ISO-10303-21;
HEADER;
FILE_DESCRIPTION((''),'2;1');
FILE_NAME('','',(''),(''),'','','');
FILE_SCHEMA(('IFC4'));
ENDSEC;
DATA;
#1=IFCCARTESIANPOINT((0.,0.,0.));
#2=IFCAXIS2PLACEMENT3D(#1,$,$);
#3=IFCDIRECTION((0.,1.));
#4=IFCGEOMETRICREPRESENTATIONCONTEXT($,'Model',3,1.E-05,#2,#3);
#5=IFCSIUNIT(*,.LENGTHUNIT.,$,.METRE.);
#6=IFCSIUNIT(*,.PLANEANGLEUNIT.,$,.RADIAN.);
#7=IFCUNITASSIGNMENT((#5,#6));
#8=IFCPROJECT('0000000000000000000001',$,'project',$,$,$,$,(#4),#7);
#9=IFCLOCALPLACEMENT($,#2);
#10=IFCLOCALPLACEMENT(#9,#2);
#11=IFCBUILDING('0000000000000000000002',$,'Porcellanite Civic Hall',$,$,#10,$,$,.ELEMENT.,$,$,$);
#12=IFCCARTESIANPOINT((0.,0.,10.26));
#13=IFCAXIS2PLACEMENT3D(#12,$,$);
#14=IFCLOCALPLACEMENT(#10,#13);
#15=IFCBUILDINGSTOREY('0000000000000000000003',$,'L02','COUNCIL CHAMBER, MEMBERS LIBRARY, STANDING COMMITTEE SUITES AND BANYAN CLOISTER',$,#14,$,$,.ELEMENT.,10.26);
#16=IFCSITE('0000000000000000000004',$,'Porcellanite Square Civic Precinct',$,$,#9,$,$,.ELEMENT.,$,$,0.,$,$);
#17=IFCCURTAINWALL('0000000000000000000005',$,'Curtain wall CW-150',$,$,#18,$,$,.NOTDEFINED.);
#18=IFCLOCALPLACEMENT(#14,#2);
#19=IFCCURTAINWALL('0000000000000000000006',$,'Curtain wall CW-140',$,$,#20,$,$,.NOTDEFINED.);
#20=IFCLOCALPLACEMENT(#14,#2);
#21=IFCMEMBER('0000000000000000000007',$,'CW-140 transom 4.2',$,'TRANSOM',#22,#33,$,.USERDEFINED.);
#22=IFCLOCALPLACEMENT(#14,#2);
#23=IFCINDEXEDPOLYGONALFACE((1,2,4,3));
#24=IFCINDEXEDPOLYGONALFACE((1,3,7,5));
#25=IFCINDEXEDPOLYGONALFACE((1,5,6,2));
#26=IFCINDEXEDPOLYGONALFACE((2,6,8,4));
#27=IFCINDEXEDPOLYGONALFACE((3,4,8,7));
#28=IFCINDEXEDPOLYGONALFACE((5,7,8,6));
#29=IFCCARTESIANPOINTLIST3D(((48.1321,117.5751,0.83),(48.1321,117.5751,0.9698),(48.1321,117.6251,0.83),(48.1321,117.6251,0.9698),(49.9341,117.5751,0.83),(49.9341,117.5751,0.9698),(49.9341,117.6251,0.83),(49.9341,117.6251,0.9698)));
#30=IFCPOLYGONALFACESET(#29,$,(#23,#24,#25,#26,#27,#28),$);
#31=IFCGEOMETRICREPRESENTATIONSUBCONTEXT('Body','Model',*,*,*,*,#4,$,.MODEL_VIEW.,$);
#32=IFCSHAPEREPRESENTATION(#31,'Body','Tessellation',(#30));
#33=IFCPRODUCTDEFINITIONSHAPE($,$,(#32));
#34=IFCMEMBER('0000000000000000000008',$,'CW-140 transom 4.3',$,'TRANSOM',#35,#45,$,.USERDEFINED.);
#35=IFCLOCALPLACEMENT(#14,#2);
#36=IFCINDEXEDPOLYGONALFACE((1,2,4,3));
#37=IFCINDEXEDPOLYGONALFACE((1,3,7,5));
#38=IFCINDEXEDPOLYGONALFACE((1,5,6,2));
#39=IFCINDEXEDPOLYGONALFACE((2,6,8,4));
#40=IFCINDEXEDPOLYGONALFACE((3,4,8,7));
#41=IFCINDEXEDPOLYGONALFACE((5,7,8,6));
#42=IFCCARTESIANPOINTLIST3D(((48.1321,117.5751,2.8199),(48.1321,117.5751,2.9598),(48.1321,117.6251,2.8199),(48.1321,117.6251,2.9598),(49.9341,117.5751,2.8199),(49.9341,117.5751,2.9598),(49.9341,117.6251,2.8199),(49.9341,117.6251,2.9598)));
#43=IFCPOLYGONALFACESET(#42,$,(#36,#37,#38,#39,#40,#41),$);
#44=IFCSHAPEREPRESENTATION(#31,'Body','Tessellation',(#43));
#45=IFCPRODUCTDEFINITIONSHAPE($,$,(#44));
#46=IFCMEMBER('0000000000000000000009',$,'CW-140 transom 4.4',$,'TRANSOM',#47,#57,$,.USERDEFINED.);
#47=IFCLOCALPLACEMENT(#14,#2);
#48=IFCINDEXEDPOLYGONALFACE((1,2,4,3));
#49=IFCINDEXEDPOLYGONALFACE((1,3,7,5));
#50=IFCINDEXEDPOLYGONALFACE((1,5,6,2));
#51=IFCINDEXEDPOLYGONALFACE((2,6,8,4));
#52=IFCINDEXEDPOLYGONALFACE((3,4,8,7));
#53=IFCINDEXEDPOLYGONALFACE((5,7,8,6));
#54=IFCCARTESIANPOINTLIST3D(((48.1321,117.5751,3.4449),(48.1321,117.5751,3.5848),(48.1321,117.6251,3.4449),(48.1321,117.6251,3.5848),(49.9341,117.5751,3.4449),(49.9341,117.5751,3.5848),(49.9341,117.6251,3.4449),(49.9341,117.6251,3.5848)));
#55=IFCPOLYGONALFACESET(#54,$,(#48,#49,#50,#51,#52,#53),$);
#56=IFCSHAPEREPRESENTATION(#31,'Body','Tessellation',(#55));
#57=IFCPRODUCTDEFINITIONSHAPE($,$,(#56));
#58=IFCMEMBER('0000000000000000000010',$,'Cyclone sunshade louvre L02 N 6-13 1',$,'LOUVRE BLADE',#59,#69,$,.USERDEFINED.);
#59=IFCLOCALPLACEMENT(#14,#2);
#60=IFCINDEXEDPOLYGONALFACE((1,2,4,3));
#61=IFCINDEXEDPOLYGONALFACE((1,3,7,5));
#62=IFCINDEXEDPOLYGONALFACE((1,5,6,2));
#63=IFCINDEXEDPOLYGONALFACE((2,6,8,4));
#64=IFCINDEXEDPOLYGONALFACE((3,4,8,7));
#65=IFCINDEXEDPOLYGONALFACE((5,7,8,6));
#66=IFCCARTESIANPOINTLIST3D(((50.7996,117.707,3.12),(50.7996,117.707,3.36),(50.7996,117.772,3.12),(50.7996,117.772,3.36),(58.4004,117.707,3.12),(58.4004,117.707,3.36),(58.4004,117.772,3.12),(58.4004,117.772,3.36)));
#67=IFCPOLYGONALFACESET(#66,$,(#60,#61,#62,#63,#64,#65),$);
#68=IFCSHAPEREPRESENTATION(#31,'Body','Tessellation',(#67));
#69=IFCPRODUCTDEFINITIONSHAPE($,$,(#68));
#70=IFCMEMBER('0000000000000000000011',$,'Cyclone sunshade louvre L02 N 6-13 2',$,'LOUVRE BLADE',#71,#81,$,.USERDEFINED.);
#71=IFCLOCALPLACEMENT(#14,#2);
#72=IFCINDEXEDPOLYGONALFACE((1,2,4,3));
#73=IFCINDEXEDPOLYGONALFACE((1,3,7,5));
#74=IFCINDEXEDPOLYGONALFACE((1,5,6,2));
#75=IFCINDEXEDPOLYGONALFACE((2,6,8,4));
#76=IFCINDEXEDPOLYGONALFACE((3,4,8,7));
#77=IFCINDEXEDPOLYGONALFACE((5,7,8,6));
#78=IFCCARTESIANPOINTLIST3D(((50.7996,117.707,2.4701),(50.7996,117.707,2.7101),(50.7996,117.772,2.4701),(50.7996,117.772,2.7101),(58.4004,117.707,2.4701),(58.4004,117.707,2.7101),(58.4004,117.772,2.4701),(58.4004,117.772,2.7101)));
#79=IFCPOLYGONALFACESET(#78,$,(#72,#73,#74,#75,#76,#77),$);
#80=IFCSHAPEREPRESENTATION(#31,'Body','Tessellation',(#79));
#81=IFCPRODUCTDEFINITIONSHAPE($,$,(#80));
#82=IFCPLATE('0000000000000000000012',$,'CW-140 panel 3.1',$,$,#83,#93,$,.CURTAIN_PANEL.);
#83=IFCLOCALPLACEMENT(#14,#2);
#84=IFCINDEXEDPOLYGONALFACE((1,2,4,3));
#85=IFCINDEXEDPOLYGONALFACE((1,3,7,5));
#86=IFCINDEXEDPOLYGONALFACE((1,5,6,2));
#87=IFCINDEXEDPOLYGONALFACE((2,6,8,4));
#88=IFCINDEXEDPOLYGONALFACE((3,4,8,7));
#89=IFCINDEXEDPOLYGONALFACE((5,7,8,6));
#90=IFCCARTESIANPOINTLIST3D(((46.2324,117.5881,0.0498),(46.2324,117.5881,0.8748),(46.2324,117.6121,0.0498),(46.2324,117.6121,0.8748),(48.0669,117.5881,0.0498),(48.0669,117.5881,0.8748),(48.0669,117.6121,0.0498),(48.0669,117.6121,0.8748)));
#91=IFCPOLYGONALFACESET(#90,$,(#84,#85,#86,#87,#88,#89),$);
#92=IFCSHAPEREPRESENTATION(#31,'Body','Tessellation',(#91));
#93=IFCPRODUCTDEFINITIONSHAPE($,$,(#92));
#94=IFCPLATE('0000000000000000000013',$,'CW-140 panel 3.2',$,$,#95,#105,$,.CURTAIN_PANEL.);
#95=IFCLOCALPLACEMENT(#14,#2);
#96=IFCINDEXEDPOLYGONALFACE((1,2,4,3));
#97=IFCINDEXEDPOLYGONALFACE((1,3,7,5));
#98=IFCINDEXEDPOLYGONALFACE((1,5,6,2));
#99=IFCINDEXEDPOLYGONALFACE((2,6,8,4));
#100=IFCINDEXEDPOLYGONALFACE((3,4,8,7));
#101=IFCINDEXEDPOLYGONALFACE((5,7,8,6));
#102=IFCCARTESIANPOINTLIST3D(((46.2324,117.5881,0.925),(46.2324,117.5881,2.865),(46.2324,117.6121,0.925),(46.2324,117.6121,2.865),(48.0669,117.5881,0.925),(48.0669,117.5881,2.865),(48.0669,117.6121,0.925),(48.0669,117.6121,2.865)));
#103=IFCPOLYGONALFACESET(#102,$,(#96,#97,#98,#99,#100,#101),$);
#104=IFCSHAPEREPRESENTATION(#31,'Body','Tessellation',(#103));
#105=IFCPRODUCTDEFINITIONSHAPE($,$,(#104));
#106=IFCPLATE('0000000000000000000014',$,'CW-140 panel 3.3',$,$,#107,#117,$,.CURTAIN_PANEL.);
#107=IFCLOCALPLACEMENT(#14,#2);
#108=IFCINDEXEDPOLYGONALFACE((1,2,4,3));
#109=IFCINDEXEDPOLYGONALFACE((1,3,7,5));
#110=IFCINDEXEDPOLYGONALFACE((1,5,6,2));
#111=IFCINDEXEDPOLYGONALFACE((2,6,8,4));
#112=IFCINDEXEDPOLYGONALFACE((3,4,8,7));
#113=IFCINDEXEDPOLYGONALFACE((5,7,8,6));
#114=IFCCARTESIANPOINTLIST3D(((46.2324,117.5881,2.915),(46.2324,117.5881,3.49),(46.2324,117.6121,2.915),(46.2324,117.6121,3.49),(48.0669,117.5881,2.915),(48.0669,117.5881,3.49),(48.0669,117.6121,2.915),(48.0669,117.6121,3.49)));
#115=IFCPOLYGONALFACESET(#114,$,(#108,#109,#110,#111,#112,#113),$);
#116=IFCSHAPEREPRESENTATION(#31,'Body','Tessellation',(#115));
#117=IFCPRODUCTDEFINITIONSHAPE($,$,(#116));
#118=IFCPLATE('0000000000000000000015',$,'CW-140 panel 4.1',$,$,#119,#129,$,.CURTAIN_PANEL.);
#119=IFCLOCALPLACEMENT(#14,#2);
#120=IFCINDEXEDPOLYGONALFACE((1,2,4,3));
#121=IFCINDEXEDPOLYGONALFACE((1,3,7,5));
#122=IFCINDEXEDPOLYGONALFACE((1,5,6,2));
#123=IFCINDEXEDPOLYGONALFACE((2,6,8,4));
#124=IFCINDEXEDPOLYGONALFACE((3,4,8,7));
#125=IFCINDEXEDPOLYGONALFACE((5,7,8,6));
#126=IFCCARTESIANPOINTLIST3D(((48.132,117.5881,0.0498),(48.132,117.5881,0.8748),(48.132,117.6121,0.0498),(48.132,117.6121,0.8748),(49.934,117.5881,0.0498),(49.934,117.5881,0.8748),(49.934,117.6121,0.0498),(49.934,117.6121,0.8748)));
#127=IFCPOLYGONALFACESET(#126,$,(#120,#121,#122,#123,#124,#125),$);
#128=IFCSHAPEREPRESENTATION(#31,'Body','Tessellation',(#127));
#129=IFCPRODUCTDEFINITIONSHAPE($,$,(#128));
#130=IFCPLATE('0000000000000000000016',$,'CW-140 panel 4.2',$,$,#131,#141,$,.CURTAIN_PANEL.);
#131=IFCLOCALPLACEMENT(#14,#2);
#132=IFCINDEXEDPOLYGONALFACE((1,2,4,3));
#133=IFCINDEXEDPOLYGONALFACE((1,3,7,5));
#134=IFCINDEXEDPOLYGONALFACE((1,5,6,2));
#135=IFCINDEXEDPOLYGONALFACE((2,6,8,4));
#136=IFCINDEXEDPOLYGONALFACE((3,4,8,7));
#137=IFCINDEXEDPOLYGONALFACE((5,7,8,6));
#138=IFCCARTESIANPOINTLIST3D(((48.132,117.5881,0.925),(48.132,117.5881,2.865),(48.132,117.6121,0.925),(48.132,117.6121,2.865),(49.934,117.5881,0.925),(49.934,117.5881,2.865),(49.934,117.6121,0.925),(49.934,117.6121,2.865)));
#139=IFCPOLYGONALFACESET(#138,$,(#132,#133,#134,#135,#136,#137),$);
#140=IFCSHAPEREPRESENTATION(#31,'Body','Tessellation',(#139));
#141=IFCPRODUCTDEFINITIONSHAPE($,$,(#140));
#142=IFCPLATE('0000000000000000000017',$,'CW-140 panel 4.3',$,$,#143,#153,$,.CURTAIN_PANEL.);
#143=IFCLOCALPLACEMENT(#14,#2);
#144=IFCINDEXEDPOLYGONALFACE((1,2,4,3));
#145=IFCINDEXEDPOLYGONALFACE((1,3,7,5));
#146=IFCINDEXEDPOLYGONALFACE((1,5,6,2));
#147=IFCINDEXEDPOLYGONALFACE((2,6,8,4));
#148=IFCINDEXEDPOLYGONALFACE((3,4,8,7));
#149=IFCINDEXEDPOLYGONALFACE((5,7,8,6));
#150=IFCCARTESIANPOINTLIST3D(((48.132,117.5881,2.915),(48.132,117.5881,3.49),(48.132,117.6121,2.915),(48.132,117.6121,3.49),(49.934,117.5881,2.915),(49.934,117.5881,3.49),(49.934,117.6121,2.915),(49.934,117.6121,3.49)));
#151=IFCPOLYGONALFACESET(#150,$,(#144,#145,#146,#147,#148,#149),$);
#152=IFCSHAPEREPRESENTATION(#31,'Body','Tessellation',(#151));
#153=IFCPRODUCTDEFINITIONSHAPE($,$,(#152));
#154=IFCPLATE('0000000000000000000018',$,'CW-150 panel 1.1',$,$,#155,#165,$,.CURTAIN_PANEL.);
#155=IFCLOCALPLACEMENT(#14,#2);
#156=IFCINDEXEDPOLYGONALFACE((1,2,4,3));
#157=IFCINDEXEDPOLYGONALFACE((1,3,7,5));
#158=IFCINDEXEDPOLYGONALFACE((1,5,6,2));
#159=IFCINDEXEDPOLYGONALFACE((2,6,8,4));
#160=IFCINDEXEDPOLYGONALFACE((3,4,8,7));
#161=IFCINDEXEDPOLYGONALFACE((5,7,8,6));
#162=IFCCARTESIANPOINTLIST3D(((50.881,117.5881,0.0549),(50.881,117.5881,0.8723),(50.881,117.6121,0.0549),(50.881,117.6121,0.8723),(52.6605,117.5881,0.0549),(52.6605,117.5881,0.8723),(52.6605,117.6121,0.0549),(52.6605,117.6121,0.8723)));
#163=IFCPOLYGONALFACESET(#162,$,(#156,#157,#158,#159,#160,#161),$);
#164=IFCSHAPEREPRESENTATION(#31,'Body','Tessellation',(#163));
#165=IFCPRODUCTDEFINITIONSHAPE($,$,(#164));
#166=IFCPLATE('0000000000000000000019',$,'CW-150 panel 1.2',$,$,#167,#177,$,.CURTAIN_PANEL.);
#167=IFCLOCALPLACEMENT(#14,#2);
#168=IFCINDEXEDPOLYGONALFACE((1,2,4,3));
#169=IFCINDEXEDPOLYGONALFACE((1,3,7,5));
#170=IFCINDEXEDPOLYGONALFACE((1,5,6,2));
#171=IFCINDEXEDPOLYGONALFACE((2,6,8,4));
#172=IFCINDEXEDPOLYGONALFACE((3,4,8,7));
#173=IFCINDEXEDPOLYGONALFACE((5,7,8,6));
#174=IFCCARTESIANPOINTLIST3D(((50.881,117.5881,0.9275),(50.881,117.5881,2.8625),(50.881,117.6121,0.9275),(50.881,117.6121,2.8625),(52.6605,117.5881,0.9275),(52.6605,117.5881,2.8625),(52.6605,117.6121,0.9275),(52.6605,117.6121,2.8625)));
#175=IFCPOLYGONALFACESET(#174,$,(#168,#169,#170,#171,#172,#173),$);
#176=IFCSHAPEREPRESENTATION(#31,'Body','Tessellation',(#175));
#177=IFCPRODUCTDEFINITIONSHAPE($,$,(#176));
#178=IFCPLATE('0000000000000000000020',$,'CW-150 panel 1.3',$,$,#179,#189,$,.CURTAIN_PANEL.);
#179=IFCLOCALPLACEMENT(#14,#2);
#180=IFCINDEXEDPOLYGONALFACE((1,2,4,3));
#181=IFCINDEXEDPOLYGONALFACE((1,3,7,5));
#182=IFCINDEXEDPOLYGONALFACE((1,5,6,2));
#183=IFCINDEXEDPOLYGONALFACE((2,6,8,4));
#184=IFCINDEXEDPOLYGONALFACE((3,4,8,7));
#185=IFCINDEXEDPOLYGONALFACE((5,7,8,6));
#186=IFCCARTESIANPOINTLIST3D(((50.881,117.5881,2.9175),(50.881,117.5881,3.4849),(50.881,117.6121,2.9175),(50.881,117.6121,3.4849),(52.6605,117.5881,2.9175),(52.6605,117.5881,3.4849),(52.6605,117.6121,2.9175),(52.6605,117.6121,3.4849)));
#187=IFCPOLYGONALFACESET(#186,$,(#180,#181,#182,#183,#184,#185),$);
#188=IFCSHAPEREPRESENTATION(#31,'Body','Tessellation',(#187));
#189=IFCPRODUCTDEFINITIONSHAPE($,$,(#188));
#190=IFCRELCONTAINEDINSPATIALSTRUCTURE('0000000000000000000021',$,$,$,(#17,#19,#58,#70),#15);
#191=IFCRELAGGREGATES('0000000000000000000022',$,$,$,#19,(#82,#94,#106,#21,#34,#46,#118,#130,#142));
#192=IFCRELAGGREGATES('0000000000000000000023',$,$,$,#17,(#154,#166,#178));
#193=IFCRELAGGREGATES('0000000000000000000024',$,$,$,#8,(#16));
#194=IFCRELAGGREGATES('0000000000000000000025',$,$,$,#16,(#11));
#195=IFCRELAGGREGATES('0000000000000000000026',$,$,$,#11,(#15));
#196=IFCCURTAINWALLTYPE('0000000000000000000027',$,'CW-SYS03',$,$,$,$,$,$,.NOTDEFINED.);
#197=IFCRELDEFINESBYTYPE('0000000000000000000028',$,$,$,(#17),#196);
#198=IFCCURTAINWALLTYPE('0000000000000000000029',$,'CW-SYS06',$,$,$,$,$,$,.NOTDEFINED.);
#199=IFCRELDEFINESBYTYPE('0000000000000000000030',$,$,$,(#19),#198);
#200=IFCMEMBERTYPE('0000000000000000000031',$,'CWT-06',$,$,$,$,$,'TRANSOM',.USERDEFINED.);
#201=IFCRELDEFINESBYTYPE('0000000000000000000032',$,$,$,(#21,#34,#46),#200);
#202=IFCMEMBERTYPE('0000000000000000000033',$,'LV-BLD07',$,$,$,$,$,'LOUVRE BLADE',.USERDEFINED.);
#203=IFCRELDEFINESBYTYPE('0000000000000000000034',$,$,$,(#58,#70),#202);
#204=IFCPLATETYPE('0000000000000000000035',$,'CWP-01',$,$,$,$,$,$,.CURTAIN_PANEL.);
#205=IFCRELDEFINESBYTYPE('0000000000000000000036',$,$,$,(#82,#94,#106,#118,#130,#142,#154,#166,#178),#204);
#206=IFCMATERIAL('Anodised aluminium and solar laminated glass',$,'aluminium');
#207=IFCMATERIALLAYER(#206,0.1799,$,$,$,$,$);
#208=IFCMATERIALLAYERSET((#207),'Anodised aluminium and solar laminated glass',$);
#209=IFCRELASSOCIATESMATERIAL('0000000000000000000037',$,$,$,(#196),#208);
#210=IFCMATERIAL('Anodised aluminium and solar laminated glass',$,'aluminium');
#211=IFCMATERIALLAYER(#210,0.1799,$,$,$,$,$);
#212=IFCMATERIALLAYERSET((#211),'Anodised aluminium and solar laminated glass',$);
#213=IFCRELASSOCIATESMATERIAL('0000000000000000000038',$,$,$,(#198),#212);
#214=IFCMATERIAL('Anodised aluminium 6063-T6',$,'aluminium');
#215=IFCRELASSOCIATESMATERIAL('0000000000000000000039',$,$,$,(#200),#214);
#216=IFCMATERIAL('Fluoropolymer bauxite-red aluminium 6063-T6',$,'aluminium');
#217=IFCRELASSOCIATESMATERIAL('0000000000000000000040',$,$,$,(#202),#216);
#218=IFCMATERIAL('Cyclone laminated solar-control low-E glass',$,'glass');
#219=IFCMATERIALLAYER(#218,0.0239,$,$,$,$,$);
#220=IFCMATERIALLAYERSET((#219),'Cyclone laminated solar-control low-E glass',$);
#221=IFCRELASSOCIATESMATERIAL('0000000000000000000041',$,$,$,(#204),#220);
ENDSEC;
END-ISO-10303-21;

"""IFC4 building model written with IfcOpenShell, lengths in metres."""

from ifc_helpers import new_model, si_unit, direction, frame, origin, origin_2d, place, context, subcontext, project, spatial, rectangle, extrude, material, layer, layer_set, material_profile, profile_set, type_object, element, aggregate, save


model = new_model("IFC4")

# Units and contexts
model_context = context("Model", 3, precision=1e-05, world=origin(), true_north=direction((0.0, 1.0)))
body_context = subcontext(model_context, "Body", "Model", "MODEL_VIEW")
ifc_project = project(units=[si_unit("LENGTHUNIT", "METRE"), si_unit("PLANEANGLEUNIT", "RADIAN")], contexts=[model_context])

# Site, building, storey
site_placement = place(None, origin())
site = spatial("IfcSite", under=ifc_project, at=site_placement, Name="Porcellanite Square Civic Precinct", CompositionType="ELEMENT", RefElevation=0.0)
building_placement = place(site_placement, origin())
building = spatial("IfcBuilding", under=site, at=building_placement, Name="Porcellanite Civic Hall", CompositionType="ELEMENT")
storey_placement = place(building_placement, frame((0.0, 0.0, 10.26)))
storey = spatial("IfcBuildingStorey", under=building, at=storey_placement, Name="L02", Description="COUNCIL CHAMBER, MEMBERS LIBRARY, STANDING COMMITTEE SUITES AND BANYAN CLOISTER", CompositionType="ELEMENT", Elevation=10.26)

# Curtain wall
ifc_material_1 = material(Name="Anodised aluminium and solar laminated glass", Category="aluminium")
ifc_layer_1 = layer(ifc_material_1, 0.1799)
ifc_layer_set_1 = layer_set([ifc_layer_1], Name="Anodised aluminium and solar laminated glass")
curtain_wall_type_1 = type_object("IfcCurtainWallType", Name="CW-SYS03", PredefinedType="NOTDEFINED", material=ifc_layer_set_1)
curtain_wall_1_placement = place(storey_placement, origin())
curtain_wall_1 = element("IfcCurtainWall", 1, at=curtain_wall_1_placement, inside=storey, type_object=curtain_wall_type_1, Name="Curtain wall CW-150", PredefinedType="NOTDEFINED")

# Curtain wall
ifc_material_2 = material(Name="Anodised aluminium and solar laminated glass", Category="aluminium")
ifc_layer_2 = layer(ifc_material_2, 0.1799)
ifc_layer_set_2 = layer_set([ifc_layer_2], Name="Anodised aluminium and solar laminated glass")
curtain_wall_type_2 = type_object("IfcCurtainWallType", Name="CW-SYS06", PredefinedType="NOTDEFINED", material=ifc_layer_set_2)
curtain_wall_2_placement = place(storey_placement, origin())
curtain_wall_2 = element("IfcCurtainWall", 2, at=curtain_wall_2_placement, inside=storey, type_object=curtain_wall_type_2, Name="Curtain wall CW-140", PredefinedType="NOTDEFINED")

# Members
ifc_material_3 = material(Name="Anodised aluminium 6063-T6", Category="aluminium")
ifc_material_profile_1 = material_profile(ifc_material_3, rectangle(XDim=0.05, YDim=0.1399, at=origin_2d()), Name="AL-50x140")
ifc_profile_set_1 = profile_set([ifc_material_profile_1], Name="Anodised aluminium 6063-T6")
member_type_1 = type_object("IfcMemberType", Name="CWT-06", ElementType="TRANSOM", PredefinedType="USERDEFINED", material=ifc_profile_set_1)
member_1_placement = place(storey_placement, frame((48.1321, 117.6001, 0.8999), z_axis=(1.0, 0.0, 0.0), x_axis=(0.0, 1.0, 0.0)))
member_1 = element("IfcMember", 3, at=member_1_placement, type_object=member_type_1, Name="CW-140 transom 4.2", ObjectType="TRANSOM", PredefinedType="USERDEFINED", context=body_context, shape_type="SweptSolid", body=[
    extrude(rectangle(XDim=0.05, YDim=0.1399, at=origin_2d()), origin(), (0.0, 0.0, 1.0), 1.802),
])
member_2_placement = place(storey_placement, frame((48.1321, 117.6001, 2.8899), z_axis=(1.0, 0.0, 0.0), x_axis=(0.0, 1.0, 0.0)))
member_2 = element("IfcMember", 4, at=member_2_placement, type_object=member_type_1, Name="CW-140 transom 4.3", ObjectType="TRANSOM", PredefinedType="USERDEFINED", context=body_context, shape_type="SweptSolid", body=[
    extrude(rectangle(XDim=0.05, YDim=0.1399, at=origin_2d()), origin(), (0.0, 0.0, 1.0), 1.802),
])
member_3_placement = place(storey_placement, frame((48.1321, 117.6001, 3.5149), z_axis=(1.0, 0.0, 0.0), x_axis=(0.0, 1.0, 0.0)))
member_3 = element("IfcMember", 5, at=member_3_placement, type_object=member_type_1, Name="CW-140 transom 4.4", ObjectType="TRANSOM", PredefinedType="USERDEFINED", context=body_context, shape_type="SweptSolid", body=[
    extrude(rectangle(XDim=0.05, YDim=0.1399, at=origin_2d()), origin(), (0.0, 0.0, 1.0), 1.802),
])

# Members
ifc_material_4 = material(Name="Fluoropolymer bauxite-red aluminium 6063-T6", Category="aluminium")
ifc_material_profile_2 = material_profile(ifc_material_4, rectangle(XDim=0.0649, YDim=0.24, at=origin_2d()), Name="AL-65x240")
ifc_profile_set_2 = profile_set([ifc_material_profile_2], Name="Fluoropolymer bauxite-red aluminium 6063-T6")
member_type_2 = type_object("IfcMemberType", Name="LV-BLD07", ElementType="LOUVRE BLADE", PredefinedType="USERDEFINED", material=ifc_profile_set_2)
for number, where, z_axis, x_axis, name in (
    (6, (50.7996, 117.7395, 3.24), (1.0, 0.0, 0.0), (0.0, 1.0, 0.0), "Cyclone sunshade louvre L02 N 6-13 1"),
    (7, (50.7996, 117.7395, 2.5901), (1.0, 0.0, 0.0), (0.0, 1.0, 0.0), "Cyclone sunshade louvre L02 N 6-13 2"),
):
    element("IfcMember", number, at=place(storey_placement, frame(where, z_axis=z_axis, x_axis=x_axis)), inside=storey, type_object=member_type_2, Name=name, ObjectType="LOUVRE BLADE", PredefinedType="USERDEFINED", context=body_context, shape_type="SweptSolid", body=[
        extrude(rectangle(XDim=0.0649, YDim=0.24, at=origin_2d()), origin(), (0.0, 0.0, 1.0), 7.6008),
    ])

# Plates
ifc_material_5 = material(Name="Cyclone laminated solar-control low-E glass", Category="glass")
ifc_layer_3 = layer(ifc_material_5, 0.0239)
ifc_layer_set_3 = layer_set([ifc_layer_3], Name="Cyclone laminated solar-control low-E glass")
plate_type = type_object("IfcPlateType", Name="CWP-01", PredefinedType="CURTAIN_PANEL", material=ifc_layer_set_3)
plate_1_placement = place(storey_placement, frame((47.1497, 117.6001, 0.0498), z_axis=(0.0, 0.0, 1.0), x_axis=(1.0, 0.0, 0.0)))
plate_1 = element("IfcPlate", 8, at=plate_1_placement, type_object=plate_type, Name="CW-140 panel 3.1", PredefinedType="CURTAIN_PANEL", context=body_context, shape_type="SweptSolid", body=[
    extrude(rectangle(XDim=1.8345, YDim=0.0239, at=origin_2d()), origin(), (0.0, 0.0, 1.0), 0.825),
])
plate_2_placement = place(storey_placement, frame((47.1497, 117.6001, 0.925), z_axis=(0.0, 0.0, 1.0), x_axis=(1.0, 0.0, 0.0)))
plate_2 = element("IfcPlate", 9, at=plate_2_placement, type_object=plate_type, Name="CW-140 panel 3.2", PredefinedType="CURTAIN_PANEL", context=body_context, shape_type="SweptSolid", body=[
    extrude(rectangle(XDim=1.8345, YDim=0.0239, at=origin_2d()), origin(), (0.0, 0.0, 1.0), 1.9399),
])
plate_3_placement = place(storey_placement, frame((47.1497, 117.6001, 2.915), z_axis=(0.0, 0.0, 1.0), x_axis=(1.0, 0.0, 0.0)))
plate_3 = element("IfcPlate", 10, at=plate_3_placement, type_object=plate_type, Name="CW-140 panel 3.3", PredefinedType="CURTAIN_PANEL", context=body_context, shape_type="SweptSolid", body=[
    extrude(rectangle(XDim=1.8345, YDim=0.0239, at=origin_2d()), origin(), (0.0, 0.0, 1.0), 0.575),
])
plate_4_placement = place(storey_placement, frame((49.033, 117.6001, 0.0498), z_axis=(0.0, 0.0, 1.0), x_axis=(1.0, 0.0, 0.0)))
plate_4 = element("IfcPlate", 11, at=plate_4_placement, type_object=plate_type, Name="CW-140 panel 4.1", PredefinedType="CURTAIN_PANEL", context=body_context, shape_type="SweptSolid", body=[
    extrude(rectangle(XDim=1.802, YDim=0.0239, at=origin_2d()), origin(), (0.0, 0.0, 1.0), 0.825),
])
plate_5_placement = place(storey_placement, frame((49.033, 117.6001, 0.925), z_axis=(0.0, 0.0, 1.0), x_axis=(1.0, 0.0, 0.0)))
plate_5 = element("IfcPlate", 12, at=plate_5_placement, type_object=plate_type, Name="CW-140 panel 4.2", PredefinedType="CURTAIN_PANEL", context=body_context, shape_type="SweptSolid", body=[
    extrude(rectangle(XDim=1.802, YDim=0.0239, at=origin_2d()), origin(), (0.0, 0.0, 1.0), 1.9399),
])
plate_6_placement = place(storey_placement, frame((49.033, 117.6001, 2.915), z_axis=(0.0, 0.0, 1.0), x_axis=(1.0, 0.0, 0.0)))
plate_6 = element("IfcPlate", 13, at=plate_6_placement, type_object=plate_type, Name="CW-140 panel 4.3", PredefinedType="CURTAIN_PANEL", context=body_context, shape_type="SweptSolid", body=[
    extrude(rectangle(XDim=1.802, YDim=0.0239, at=origin_2d()), origin(), (0.0, 0.0, 1.0), 0.575),
])
aggregate(curtain_wall_2, [plate_1, plate_2, plate_3, member_1, member_2, member_3, plate_4, plate_5, plate_6])
plate_7_placement = place(storey_placement, frame((51.7708, 117.6001, 0.0549), z_axis=(0.0, 0.0, 1.0), x_axis=(1.0, 0.0, 0.0)))
plate_7 = element("IfcPlate", 14, at=plate_7_placement, type_object=plate_type, Name="CW-150 panel 1.1", PredefinedType="CURTAIN_PANEL", context=body_context, shape_type="SweptSolid", body=[
    extrude(rectangle(XDim=1.7795, YDim=0.0239, at=origin_2d()), origin(), (0.0, 0.0, 1.0), 0.8174),
])
plate_8_placement = place(storey_placement, frame((51.7708, 117.6001, 0.9275), z_axis=(0.0, 0.0, 1.0), x_axis=(1.0, 0.0, 0.0)))
plate_8 = element("IfcPlate", 15, at=plate_8_placement, type_object=plate_type, Name="CW-150 panel 1.2", PredefinedType="CURTAIN_PANEL", context=body_context, shape_type="SweptSolid", body=[
    extrude(rectangle(XDim=1.7795, YDim=0.0239, at=origin_2d()), origin(), (0.0, 0.0, 1.0), 1.9351),
])
plate_9_placement = place(storey_placement, frame((51.7708, 117.6001, 2.9175), z_axis=(0.0, 0.0, 1.0), x_axis=(1.0, 0.0, 0.0)))
plate_9 = element("IfcPlate", 16, at=plate_9_placement, type_object=plate_type, Name="CW-150 panel 1.3", PredefinedType="CURTAIN_PANEL", context=body_context, shape_type="SweptSolid", body=[
    extrude(rectangle(XDim=1.7795, YDim=0.0239, at=origin_2d()), origin(), (0.0, 0.0, 1.0), 0.5674),
])
aggregate(curtain_wall_1, [plate_7, plate_8, plate_9])

save(model, "model.ifc")
